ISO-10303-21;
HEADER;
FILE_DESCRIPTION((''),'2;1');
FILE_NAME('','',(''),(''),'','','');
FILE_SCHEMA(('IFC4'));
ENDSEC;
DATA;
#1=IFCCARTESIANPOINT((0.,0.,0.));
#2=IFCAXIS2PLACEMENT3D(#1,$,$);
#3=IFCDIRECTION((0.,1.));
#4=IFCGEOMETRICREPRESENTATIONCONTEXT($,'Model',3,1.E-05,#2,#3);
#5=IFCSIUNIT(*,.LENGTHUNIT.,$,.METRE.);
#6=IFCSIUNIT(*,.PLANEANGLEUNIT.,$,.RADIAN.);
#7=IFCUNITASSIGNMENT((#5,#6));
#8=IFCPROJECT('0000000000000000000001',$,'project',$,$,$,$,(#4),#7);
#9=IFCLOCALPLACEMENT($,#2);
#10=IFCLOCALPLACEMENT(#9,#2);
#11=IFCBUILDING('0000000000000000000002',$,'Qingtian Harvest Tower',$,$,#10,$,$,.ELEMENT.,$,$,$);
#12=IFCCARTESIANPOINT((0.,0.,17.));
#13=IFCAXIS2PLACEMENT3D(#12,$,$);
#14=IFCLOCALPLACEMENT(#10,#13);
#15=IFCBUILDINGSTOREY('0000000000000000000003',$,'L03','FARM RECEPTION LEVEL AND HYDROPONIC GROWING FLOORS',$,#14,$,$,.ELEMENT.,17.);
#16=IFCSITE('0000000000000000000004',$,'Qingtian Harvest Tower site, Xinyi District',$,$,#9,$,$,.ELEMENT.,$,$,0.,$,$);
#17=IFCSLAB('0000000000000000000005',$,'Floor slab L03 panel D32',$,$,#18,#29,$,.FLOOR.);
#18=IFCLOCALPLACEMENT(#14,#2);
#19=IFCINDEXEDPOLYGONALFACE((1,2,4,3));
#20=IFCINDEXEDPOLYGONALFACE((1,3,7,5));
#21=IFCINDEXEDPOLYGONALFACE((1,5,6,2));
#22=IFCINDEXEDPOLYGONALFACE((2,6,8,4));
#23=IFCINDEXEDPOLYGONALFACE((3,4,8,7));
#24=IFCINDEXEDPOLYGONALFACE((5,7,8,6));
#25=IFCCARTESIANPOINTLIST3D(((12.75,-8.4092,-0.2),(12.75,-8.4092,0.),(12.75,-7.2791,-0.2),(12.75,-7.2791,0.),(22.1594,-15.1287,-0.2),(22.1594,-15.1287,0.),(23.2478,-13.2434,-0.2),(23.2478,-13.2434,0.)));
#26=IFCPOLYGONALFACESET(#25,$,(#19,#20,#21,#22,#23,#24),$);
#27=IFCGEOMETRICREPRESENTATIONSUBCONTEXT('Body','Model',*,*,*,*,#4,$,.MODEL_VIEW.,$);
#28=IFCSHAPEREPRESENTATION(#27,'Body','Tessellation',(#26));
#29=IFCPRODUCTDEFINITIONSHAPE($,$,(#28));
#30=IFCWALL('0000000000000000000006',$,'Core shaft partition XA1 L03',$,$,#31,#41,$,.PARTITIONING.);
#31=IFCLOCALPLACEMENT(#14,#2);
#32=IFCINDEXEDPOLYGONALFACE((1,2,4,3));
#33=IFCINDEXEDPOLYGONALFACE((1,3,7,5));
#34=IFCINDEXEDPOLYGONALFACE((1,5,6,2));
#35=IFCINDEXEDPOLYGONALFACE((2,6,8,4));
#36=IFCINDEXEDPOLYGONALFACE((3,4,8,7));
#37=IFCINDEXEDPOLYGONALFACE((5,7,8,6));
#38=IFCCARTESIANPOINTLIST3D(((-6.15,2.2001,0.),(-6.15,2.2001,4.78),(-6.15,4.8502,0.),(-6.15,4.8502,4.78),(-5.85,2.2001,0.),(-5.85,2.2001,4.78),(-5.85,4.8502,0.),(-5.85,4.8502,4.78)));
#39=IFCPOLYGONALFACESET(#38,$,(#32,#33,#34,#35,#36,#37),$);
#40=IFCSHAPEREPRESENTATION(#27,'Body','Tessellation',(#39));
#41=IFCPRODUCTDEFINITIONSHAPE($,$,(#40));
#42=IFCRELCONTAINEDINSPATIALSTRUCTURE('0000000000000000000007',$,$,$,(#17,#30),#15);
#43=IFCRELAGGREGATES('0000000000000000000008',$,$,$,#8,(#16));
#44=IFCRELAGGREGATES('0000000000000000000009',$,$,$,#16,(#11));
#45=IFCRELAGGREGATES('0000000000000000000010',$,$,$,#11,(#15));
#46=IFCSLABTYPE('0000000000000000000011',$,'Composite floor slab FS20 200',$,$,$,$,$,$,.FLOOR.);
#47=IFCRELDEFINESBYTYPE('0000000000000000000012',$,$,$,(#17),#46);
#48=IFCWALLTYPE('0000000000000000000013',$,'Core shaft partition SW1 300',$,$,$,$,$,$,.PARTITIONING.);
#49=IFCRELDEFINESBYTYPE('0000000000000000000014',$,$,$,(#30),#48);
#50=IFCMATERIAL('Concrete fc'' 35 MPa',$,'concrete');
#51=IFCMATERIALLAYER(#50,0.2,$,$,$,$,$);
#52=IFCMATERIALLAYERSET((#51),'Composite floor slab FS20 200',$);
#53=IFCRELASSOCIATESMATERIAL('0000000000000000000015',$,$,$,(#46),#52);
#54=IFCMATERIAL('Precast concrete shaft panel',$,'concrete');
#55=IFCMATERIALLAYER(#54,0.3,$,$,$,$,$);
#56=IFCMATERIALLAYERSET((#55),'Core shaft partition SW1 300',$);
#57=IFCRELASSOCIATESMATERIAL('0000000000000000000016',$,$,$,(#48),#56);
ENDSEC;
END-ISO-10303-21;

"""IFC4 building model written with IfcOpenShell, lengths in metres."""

from ifc_helpers import new_model, si_unit, direction, frame, frame_2d, origin, place, context, subcontext, project, spatial, polyline, rectangle, outline, extrude, material, layer, layer_set, type_object, element, save


model = new_model("IFC4")

# Units and contexts
model_context = context("Model", 3, precision=1e-05, world=origin(), true_north=direction((0.0, 1.0)))
body_context = subcontext(model_context, "Body", "Model", "MODEL_VIEW")
ifc_project = project(units=[si_unit("LENGTHUNIT", "METRE"), si_unit("PLANEANGLEUNIT", "RADIAN")], contexts=[model_context])

# Site, building, storey
site_placement = place(None, origin())
site = spatial("IfcSite", under=ifc_project, at=site_placement, Name="Qingtian Harvest Tower site, Xinyi District", CompositionType="ELEMENT", RefElevation=0.0)
building_placement = place(site_placement, origin())
building = spatial("IfcBuilding", under=site, at=building_placement, Name="Qingtian Harvest Tower", CompositionType="ELEMENT")
storey_placement = place(building_placement, frame((0.0, 0.0, 17.0)))
storey = spatial("IfcBuildingStorey", under=building, at=storey_placement, Name="L03", Description="FARM RECEPTION LEVEL AND HYDROPONIC GROWING FLOORS", CompositionType="ELEMENT", Elevation=17.0)

# Slab
ifc_material_1 = material(Name="Concrete fc' 35 MPa", Category="concrete")
ifc_layer_1 = layer(ifc_material_1, 0.2)
ifc_layer_set_1 = layer_set([ifc_layer_1], Name="Composite floor slab FS20 200")
slab_type = type_object("IfcSlabType", Name="Composite floor slab FS20 200", PredefinedType="FLOOR", material=ifc_layer_set_1)
slab_1_placement = place(storey_placement, frame((0.0, 0.0, -0.2)))
element("IfcSlab", 1, at=slab_1_placement, inside=storey, type_object=slab_type, Name="Floor slab L03 panel D32", PredefinedType="FLOOR", context=body_context, shape_type="SweptSolid", body=[
    extrude(outline(polyline([(12.75, -7.2791), (23.2478, -13.2434), (22.1594, -15.1287), (12.75, -8.4092), (12.75, -7.2791)])), origin(), (0.0, 0.0, 1.0), 0.2),
])

# Wall
ifc_material_2 = material(Name="Precast concrete shaft panel", Category="concrete")
ifc_layer_2 = layer(ifc_material_2, 0.3)
ifc_layer_set_2 = layer_set([ifc_layer_2], Name="Core shaft partition SW1 300")
wall_type_1 = type_object("IfcWallType", Name="Core shaft partition SW1 300", PredefinedType="PARTITIONING", material=ifc_layer_set_2)
wall_1_placement = place(storey_placement, frame((-6.0, 2.2, 0.0), z_axis=(0.0, 0.0, 1.0), x_axis=(0.0, 1.0, 0.0)))
element("IfcWall", 2, at=wall_1_placement, inside=storey, type_object=wall_type_1, Name="Core shaft partition XA1 L03", PredefinedType="PARTITIONING", context=body_context, shape_type="SweptSolid", body=[
    extrude(rectangle(XDim=2.6501, YDim=0.3, at=frame_2d((1.3252, 0.0))), origin(), (0.0, 0.0, 1.0), 4.78),
])

save(model, "model.ifc")
